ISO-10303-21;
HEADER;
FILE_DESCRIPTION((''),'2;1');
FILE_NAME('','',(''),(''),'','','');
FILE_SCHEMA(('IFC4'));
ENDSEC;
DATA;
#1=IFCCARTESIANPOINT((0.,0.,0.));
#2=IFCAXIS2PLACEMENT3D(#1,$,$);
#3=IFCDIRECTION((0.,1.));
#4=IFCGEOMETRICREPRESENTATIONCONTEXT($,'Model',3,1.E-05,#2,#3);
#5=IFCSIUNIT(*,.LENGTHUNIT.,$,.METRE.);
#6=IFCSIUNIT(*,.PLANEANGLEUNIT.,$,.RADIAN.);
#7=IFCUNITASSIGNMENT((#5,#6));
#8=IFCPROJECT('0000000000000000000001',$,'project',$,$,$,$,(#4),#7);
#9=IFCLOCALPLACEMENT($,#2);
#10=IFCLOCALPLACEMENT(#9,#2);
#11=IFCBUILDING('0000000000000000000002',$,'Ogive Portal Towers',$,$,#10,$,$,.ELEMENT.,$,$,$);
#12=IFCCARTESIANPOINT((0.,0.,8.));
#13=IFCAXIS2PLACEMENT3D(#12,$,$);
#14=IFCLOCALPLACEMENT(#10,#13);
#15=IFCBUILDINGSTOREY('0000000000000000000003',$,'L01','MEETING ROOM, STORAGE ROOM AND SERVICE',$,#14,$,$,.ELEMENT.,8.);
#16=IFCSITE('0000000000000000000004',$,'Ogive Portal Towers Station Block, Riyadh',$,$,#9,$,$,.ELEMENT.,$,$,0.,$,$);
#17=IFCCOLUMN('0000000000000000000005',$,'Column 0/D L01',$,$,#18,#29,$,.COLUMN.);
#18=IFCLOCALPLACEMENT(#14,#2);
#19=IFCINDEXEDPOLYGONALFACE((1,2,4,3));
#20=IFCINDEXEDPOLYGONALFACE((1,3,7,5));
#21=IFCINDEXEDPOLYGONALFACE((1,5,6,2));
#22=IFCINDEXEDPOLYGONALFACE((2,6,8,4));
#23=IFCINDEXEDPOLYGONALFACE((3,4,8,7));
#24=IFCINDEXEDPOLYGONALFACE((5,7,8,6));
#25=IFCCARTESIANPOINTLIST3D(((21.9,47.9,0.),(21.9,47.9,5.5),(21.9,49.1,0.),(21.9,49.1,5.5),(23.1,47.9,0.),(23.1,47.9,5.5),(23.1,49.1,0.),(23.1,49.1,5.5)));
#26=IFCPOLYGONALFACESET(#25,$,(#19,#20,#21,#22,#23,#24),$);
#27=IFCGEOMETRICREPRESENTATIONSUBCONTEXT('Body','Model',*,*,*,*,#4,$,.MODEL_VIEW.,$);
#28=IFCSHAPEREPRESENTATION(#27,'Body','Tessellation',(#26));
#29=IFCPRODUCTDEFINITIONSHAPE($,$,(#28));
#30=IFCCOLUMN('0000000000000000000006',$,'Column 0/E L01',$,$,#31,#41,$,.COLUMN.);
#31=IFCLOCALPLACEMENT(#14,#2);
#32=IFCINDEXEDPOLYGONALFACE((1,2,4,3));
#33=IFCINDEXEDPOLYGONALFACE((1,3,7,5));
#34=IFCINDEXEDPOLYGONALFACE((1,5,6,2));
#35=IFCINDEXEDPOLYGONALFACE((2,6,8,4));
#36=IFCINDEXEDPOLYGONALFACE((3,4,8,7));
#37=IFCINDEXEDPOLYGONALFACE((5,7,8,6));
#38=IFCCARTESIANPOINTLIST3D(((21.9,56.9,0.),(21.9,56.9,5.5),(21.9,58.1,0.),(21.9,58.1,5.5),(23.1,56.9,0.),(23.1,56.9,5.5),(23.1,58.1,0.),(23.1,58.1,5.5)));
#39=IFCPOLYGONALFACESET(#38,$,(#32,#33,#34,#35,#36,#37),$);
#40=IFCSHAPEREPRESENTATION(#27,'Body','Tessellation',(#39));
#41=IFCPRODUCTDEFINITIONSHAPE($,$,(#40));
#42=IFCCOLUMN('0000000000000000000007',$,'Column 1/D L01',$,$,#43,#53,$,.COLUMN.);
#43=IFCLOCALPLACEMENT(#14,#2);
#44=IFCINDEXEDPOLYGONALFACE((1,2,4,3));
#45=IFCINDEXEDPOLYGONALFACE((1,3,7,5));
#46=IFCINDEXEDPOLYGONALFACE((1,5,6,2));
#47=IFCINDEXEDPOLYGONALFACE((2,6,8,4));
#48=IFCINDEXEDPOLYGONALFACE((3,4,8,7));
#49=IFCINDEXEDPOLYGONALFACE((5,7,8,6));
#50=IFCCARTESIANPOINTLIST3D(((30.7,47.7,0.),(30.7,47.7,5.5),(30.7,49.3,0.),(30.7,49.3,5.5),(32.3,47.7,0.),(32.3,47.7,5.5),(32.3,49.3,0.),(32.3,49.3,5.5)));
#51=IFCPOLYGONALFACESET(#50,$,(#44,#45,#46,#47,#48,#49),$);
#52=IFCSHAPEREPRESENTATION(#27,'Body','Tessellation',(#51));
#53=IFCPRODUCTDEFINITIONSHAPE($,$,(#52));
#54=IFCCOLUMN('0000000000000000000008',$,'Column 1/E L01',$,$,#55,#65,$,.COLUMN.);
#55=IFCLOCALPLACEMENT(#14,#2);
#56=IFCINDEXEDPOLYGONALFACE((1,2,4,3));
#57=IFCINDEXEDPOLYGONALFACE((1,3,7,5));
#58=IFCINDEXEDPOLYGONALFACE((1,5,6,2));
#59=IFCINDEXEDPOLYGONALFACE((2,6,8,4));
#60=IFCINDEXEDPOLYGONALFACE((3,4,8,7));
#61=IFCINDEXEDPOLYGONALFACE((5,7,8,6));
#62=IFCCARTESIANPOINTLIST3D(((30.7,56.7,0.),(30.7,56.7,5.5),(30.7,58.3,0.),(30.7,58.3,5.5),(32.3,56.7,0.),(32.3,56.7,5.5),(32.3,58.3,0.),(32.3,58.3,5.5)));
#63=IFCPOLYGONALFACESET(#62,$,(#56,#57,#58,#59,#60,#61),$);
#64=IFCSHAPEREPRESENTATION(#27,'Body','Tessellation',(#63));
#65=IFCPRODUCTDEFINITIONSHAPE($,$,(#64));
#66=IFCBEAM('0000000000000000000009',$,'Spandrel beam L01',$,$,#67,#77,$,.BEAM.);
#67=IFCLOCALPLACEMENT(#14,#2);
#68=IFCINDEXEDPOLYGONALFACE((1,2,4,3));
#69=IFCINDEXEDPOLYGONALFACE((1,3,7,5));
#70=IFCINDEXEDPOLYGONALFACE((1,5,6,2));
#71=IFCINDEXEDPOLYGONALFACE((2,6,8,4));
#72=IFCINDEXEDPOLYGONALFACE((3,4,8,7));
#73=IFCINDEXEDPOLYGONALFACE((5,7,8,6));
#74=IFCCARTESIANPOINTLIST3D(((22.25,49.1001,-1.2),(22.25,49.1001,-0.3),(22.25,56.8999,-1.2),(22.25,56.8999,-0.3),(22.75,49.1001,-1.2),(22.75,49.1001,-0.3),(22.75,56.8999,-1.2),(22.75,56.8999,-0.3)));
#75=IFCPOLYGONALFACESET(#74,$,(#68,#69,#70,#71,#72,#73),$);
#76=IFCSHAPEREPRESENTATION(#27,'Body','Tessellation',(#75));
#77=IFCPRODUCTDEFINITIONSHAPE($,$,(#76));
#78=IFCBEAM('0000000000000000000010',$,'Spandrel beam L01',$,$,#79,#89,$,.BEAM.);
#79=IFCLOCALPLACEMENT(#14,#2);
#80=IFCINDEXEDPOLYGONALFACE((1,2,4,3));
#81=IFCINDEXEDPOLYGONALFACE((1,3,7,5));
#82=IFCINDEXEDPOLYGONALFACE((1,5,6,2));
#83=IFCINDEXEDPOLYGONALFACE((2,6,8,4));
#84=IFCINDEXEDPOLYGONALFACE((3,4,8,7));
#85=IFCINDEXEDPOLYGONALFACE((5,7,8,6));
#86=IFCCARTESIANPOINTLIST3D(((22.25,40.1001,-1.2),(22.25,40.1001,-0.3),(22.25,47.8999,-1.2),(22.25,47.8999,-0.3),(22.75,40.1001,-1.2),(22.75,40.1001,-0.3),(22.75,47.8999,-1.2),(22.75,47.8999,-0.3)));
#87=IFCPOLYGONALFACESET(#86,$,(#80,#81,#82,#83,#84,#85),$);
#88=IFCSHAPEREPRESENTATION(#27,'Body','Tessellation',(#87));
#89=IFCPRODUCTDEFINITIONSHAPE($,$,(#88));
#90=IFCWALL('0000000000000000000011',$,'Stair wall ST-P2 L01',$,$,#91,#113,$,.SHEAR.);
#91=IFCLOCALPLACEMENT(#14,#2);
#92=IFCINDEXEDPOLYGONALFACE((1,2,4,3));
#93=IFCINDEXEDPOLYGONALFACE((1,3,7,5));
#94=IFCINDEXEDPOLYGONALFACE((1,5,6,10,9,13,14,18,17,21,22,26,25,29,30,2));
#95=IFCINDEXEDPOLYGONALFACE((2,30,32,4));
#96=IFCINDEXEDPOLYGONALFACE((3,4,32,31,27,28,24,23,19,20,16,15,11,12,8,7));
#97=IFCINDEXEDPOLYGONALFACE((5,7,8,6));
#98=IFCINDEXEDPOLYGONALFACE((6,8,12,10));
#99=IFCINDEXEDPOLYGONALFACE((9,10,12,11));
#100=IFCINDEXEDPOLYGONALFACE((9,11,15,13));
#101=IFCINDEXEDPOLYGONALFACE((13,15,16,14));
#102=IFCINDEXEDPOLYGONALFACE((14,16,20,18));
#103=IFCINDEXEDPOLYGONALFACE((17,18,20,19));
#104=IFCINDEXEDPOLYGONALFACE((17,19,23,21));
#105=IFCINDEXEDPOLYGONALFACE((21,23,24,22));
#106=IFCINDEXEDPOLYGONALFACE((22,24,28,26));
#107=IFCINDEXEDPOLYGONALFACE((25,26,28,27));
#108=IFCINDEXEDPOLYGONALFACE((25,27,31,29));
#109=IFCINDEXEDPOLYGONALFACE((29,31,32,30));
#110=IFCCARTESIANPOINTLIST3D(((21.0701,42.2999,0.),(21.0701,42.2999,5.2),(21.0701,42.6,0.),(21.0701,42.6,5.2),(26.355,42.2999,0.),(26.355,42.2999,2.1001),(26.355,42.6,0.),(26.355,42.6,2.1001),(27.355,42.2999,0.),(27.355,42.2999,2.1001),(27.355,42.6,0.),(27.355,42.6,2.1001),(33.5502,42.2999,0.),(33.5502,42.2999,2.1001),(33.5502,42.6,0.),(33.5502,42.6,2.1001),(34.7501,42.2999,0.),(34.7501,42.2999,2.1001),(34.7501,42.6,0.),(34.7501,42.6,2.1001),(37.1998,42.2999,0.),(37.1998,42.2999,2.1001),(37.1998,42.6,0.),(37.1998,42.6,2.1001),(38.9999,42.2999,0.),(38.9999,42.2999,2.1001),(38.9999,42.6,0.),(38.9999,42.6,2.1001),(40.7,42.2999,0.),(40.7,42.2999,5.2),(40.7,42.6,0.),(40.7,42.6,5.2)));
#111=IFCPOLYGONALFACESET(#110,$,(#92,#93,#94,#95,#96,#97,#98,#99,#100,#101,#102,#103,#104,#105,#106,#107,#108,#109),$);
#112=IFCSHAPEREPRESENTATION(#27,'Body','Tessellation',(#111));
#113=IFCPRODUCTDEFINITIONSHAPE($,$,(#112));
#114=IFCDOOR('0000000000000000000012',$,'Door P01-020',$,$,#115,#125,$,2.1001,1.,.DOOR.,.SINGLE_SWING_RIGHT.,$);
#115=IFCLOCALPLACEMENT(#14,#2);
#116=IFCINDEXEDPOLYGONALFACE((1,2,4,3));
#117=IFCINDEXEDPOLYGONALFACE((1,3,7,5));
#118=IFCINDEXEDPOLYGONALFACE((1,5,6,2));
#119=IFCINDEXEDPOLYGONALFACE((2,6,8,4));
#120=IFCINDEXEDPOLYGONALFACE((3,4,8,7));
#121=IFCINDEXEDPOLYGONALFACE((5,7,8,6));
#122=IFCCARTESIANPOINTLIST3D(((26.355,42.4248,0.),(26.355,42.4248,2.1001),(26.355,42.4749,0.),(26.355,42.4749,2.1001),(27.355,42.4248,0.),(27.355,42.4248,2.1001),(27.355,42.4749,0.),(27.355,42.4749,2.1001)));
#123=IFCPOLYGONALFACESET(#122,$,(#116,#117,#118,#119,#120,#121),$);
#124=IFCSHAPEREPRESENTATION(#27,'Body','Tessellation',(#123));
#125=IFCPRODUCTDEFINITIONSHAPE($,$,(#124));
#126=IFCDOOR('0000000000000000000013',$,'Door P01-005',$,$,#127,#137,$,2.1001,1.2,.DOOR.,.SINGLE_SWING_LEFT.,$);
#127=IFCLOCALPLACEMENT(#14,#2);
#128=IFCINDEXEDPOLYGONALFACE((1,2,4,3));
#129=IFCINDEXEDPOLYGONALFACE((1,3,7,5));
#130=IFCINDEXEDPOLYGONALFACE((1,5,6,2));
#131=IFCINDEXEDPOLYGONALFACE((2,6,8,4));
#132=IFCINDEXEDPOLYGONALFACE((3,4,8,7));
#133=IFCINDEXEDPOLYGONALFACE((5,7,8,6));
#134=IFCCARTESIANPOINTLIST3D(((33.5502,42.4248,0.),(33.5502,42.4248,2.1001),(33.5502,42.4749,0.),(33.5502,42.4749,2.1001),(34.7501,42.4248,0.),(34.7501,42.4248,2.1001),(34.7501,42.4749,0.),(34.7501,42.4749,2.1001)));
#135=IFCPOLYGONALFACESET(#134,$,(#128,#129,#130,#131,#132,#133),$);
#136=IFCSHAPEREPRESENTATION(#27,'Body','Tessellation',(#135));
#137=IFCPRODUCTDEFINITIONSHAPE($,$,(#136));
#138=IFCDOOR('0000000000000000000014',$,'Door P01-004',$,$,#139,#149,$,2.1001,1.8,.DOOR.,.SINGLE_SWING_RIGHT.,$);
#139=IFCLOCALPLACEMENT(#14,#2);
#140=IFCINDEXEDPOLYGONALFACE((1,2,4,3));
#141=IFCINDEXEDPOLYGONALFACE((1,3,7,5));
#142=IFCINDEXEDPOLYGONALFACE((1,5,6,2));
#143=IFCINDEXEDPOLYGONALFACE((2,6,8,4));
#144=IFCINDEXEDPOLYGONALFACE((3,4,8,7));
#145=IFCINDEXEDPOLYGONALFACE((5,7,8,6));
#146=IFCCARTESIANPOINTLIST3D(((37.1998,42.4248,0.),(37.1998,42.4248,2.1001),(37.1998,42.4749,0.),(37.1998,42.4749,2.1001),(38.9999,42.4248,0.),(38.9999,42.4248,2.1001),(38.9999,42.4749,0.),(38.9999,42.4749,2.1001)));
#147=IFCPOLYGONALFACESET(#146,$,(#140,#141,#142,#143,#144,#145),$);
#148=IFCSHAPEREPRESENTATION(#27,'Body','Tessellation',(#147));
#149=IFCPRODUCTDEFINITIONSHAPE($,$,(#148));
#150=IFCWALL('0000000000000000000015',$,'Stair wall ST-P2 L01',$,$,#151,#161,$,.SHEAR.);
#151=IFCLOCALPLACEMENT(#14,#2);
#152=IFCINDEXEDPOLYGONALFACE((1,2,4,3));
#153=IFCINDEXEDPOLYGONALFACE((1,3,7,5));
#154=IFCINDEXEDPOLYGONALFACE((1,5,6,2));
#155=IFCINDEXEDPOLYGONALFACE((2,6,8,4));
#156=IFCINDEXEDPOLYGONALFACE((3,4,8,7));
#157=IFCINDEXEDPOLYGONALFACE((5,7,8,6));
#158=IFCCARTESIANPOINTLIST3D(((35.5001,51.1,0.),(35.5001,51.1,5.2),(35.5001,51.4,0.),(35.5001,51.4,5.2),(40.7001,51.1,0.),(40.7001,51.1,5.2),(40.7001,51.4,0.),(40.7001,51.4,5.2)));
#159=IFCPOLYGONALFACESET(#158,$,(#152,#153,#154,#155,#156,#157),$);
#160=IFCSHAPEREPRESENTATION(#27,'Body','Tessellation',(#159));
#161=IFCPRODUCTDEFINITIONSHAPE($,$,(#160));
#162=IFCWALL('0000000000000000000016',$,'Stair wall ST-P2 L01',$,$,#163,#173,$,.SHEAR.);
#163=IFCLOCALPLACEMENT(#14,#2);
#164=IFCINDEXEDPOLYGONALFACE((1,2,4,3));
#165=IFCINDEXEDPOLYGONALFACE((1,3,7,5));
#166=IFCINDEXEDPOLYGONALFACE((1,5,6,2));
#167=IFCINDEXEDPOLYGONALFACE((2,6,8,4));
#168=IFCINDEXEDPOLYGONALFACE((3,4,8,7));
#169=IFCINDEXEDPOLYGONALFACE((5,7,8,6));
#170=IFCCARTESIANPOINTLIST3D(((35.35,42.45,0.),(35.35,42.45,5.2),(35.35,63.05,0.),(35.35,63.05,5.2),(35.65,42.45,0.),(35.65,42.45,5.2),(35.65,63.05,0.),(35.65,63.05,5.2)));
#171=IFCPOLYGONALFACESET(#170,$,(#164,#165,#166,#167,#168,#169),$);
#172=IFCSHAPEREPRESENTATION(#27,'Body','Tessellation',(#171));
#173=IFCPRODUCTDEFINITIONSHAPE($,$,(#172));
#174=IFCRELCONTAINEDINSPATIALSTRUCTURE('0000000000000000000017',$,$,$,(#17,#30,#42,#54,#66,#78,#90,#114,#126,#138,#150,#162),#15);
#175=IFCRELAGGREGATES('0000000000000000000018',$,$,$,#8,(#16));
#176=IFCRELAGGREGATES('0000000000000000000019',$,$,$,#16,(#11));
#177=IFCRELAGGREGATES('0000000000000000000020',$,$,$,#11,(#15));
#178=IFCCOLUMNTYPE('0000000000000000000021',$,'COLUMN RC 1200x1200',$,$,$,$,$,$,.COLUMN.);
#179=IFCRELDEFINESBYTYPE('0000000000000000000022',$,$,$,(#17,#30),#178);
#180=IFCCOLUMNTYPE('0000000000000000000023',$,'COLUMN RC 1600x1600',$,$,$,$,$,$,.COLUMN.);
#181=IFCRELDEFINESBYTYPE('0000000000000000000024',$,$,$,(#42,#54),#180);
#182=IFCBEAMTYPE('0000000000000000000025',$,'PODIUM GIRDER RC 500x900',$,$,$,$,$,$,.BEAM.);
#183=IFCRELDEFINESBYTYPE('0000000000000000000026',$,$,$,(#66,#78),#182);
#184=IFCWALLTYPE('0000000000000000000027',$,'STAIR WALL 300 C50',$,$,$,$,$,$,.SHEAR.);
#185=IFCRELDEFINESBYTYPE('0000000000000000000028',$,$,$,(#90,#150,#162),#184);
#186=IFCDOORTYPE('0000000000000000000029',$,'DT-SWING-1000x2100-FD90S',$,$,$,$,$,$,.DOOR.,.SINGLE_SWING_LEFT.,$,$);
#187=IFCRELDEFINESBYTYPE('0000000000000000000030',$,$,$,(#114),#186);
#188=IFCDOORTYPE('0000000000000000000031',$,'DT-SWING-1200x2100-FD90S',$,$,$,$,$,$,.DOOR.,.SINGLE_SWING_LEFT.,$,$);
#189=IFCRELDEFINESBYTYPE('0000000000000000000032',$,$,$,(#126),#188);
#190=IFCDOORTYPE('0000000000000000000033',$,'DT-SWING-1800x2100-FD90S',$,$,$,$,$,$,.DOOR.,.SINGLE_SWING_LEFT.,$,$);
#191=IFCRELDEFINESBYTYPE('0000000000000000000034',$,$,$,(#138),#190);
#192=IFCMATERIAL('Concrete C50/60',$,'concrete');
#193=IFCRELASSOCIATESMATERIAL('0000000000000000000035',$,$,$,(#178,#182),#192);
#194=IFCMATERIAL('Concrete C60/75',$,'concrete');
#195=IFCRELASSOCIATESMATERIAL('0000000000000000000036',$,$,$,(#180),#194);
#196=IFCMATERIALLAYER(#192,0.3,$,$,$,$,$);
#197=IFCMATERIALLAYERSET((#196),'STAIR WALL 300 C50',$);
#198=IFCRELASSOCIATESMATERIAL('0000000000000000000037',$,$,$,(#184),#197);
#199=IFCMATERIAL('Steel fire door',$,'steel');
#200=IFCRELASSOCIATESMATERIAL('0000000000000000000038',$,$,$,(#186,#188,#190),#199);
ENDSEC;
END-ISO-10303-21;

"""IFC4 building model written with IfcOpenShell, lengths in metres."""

from ifc_helpers import new_model, si_unit, direction, frame, frame_2d, origin, origin_2d, place, context, subcontext, project, spatial, rectangle, extrude, material, layer, layer_set, material_profile, profile_set, type_object, element, fill, save


model = new_model("IFC4")

# Units and contexts
model_context = context("Model", 3, precision=1e-05, world=origin(), true_north=direction((0.0, 1.0)))
body_context = subcontext(model_context, "Body", "Model", "MODEL_VIEW")
ifc_project = project(units=[si_unit("LENGTHUNIT", "METRE"), si_unit("PLANEANGLEUNIT", "RADIAN")], contexts=[model_context])

# Site, building, storey
site_placement = place(None, origin())
site = spatial("IfcSite", under=ifc_project, at=site_placement, Name="Ogive Portal Towers Station Block, Riyadh", CompositionType="ELEMENT", RefElevation=0.0)
building_placement = place(site_placement, origin())
building = spatial("IfcBuilding", under=site, at=building_placement, Name="Ogive Portal Towers", CompositionType="ELEMENT")
storey_placement = place(building_placement, frame((0.0, 0.0, 8.0)))
storey = spatial("IfcBuildingStorey", under=building, at=storey_placement, Name="L01", Description="MEETING ROOM, STORAGE ROOM AND SERVICE", CompositionType="ELEMENT", Elevation=8.0)

# Columns
ifc_material_1 = material(Name="Concrete C50/60", Category="concrete")
ifc_material_profile_1 = material_profile(ifc_material_1, rectangle(XDim=1.2, YDim=1.2, at=origin_2d()), Name="RC 1200x1200")
ifc_profile_set_1 = profile_set([ifc_material_profile_1], Name="Concrete C50/60")
column_type_1 = type_object("IfcColumnType", Name="COLUMN RC 1200x1200", PredefinedType="COLUMN", material=ifc_profile_set_1)
for number, where, z_axis, x_axis, name in (
    (1, (22.5, 48.5, 0.0), (0.0, 0.0, 1.0), (1.0, 0.0, 0.0), "Column 0/D L01"),
    (2, (22.5, 57.5, 0.0), (0.0, 0.0, 1.0), (1.0, 0.0, 0.0), "Column 0/E L01"),
):
    element("IfcColumn", number, at=place(storey_placement, frame(where, z_axis=z_axis, x_axis=x_axis)), inside=storey, type_object=column_type_1, Name=name, PredefinedType="COLUMN", context=body_context, shape_type="SweptSolid", body=[
        extrude(rectangle(XDim=1.2, YDim=1.2, at=origin_2d()), origin(), (0.0, 0.0, 1.0), 5.5),
    ])
ifc_material_2 = material(Name="Concrete C60/75", Category="concrete")
ifc_material_profile_2 = material_profile(ifc_material_2, rectangle(XDim=1.6001, YDim=1.6001, at=origin_2d()), Name="RC 1600x1600")
ifc_profile_set_2 = profile_set([ifc_material_profile_2], Name="Concrete C60/75")
column_type_2 = type_object("IfcColumnType", Name="COLUMN RC 1600x1600", PredefinedType="COLUMN", material=ifc_profile_set_2)
for number, where, z_axis, x_axis, name in (
    (3, (31.5, 48.5, 0.0), (0.0, 0.0, 1.0), (1.0, 0.0, 0.0), "Column 1/D L01"),
    (4, (31.5, 57.5, 0.0), (0.0, 0.0, 1.0), (1.0, 0.0, 0.0), "Column 1/E L01"),
):
    element("IfcColumn", number, at=place(storey_placement, frame(where, z_axis=z_axis, x_axis=x_axis)), inside=storey, type_object=column_type_2, Name=name, PredefinedType="COLUMN", context=body_context, shape_type="SweptSolid", body=[
        extrude(rectangle(XDim=1.6001, YDim=1.6001, at=origin_2d()), origin(), (0.0, 0.0, 1.0), 5.5),
    ])

# Beams
ifc_material_profile_3 = material_profile(ifc_material_1, rectangle(XDim=0.5, YDim=0.8999, at=origin_2d()), Name="RC 500x900")
ifc_profile_set_3 = profile_set([ifc_material_profile_3], Name="Concrete C50/60")
beam_type = type_object("IfcBeamType", Name="PODIUM GIRDER RC 500x900", PredefinedType="BEAM", material=ifc_profile_set_3)
for number, where, z_axis, x_axis, name in (
    (5, (22.5, 56.8999, -0.75), (0.0, -1.0, 0.0), (1.0, 0.0, 0.0), "Spandrel beam L01"),
    (6, (22.5, 47.8999, -0.75), (0.0, -1.0, 0.0), (1.0, 0.0, 0.0), "Spandrel beam L01"),
):
    element("IfcBeam", number, at=place(storey_placement, frame(where, z_axis=z_axis, x_axis=x_axis)), inside=storey, type_object=beam_type, Name=name, PredefinedType="BEAM", context=body_context, shape_type="SweptSolid", body=[
        extrude(rectangle(XDim=0.5, YDim=0.8999, at=origin_2d()), origin(), (0.0, 0.0, 1.0), 7.7998),
    ])

# Wall, openings, doors
ifc_layer_1 = layer(ifc_material_1, 0.3)
ifc_layer_set_1 = layer_set([ifc_layer_1], Name="STAIR WALL 300 C50")
wall_type_1 = type_object("IfcWallType", Name="STAIR WALL 300 C50", PredefinedType="SHEAR", material=ifc_layer_set_1)
wall_1_placement = place(storey_placement, frame((21.0701, 42.45, 0.0), z_axis=(0.0, 0.0, 1.0), x_axis=(1.0, 0.0, 0.0)))
wall_1 = element("IfcWall", 7, at=wall_1_placement, inside=storey, type_object=wall_type_1, Name="Stair wall ST-P2 L01", PredefinedType="SHEAR", context=body_context, shape_type="SweptSolid", body=[
    extrude(rectangle(XDim=19.6299, YDim=0.3, at=frame_2d((9.8149, 0.0))), origin(), (0.0, 0.0, 1.0), 5.2),
])
opening_1_placement = place(wall_1_placement, frame((16.1299, 0.0, 0.0)))
opening_1 = element("IfcOpeningElement", 8, at=opening_1_placement, cuts=wall_1, PredefinedType="OPENING", context=body_context, shape_type="SweptSolid", body=[
    extrude(rectangle(XDim=1.8, YDim=2.1001, at=frame_2d((0.8999, 1.05))), frame((0.0, 0.1602, 0.0), z_axis=(0.0, -1.0, 0.0), x_axis=(1.0, 0.0, 0.0)), (0.0, 0.0, 1.0), 0.3201),
])
opening_2_placement = place(wall_1_placement, frame((12.48, 0.0, 0.0)))
opening_2 = element("IfcOpeningElement", 9, at=opening_2_placement, cuts=wall_1, PredefinedType="OPENING", context=body_context, shape_type="SweptSolid", body=[
    extrude(rectangle(XDim=1.2, YDim=2.1001, at=frame_2d((0.6001, 1.05))), frame((0.0, 0.1602, 0.0), z_axis=(0.0, -1.0, 0.0), x_axis=(1.0, 0.0, 0.0)), (0.0, 0.0, 1.0), 0.3201),
])
opening_3_placement = place(wall_1_placement, frame((5.2849, 0.0, 0.0)))
opening_3 = element("IfcOpeningElement", 10, at=opening_3_placement, cuts=wall_1, PredefinedType="OPENING", context=body_context, shape_type="SweptSolid", body=[
    extrude(rectangle(XDim=1.0, YDim=2.1001, at=frame_2d((0.5, 1.05))), frame((0.0, 0.1602, 0.0), z_axis=(0.0, -1.0, 0.0), x_axis=(1.0, 0.0, 0.0)), (0.0, 0.0, 1.0), 0.3201),
])
ifc_material_3 = material(Name="Steel fire door", Category="steel")
door_type_1 = type_object("IfcDoorType", Name="DT-SWING-1000x2100-FD90S", OperationType="SINGLE_SWING_LEFT", PredefinedType="DOOR", material=ifc_material_3)
door_1_placement = place(opening_3_placement, origin())
door_1 = element("IfcDoor", 11, at=door_1_placement, inside=storey, type_object=door_type_1, Name="Door P01-020", OperationType="SINGLE_SWING_RIGHT", OverallHeight=2.1001, OverallWidth=1.0, PredefinedType="DOOR", context=body_context, shape_type="SweptSolid", body=[
    extrude(rectangle(XDim=1.0, YDim=2.1001, at=frame_2d((0.5, 1.05))), frame((0.0, 0.0249, 0.0), z_axis=(0.0, -1.0, 0.0), x_axis=(1.0, 0.0, 0.0)), (0.0, 0.0, 1.0), 0.05),
])
fill(opening_3, door_1)
door_type_2 = type_object("IfcDoorType", Name="DT-SWING-1200x2100-FD90S", OperationType="SINGLE_SWING_LEFT", PredefinedType="DOOR", material=ifc_material_3)
door_2_placement = place(opening_2_placement, origin())
door_2 = element("IfcDoor", 12, at=door_2_placement, inside=storey, type_object=door_type_2, Name="Door P01-005", OperationType="SINGLE_SWING_LEFT", OverallHeight=2.1001, OverallWidth=1.2, PredefinedType="DOOR", context=body_context, shape_type="SweptSolid", body=[
    extrude(rectangle(XDim=1.2, YDim=2.1001, at=frame_2d((0.6001, 1.05))), frame((0.0, 0.0249, 0.0), z_axis=(0.0, -1.0, 0.0), x_axis=(1.0, 0.0, 0.0)), (0.0, 0.0, 1.0), 0.05),
])
fill(opening_2, door_2)
door_type_3 = type_object("IfcDoorType", Name="DT-SWING-1800x2100-FD90S", OperationType="SINGLE_SWING_LEFT", PredefinedType="DOOR", material=ifc_material_3)
door_3_placement = place(opening_1_placement, origin())
door_3 = element("IfcDoor", 13, at=door_3_placement, inside=storey, type_object=door_type_3, Name="Door P01-004", OperationType="SINGLE_SWING_RIGHT", OverallHeight=2.1001, OverallWidth=1.8, PredefinedType="DOOR", context=body_context, shape_type="SweptSolid", body=[
    extrude(rectangle(XDim=1.8, YDim=2.1001, at=frame_2d((0.8999, 1.05))), frame((0.0, 0.0249, 0.0), z_axis=(0.0, -1.0, 0.0), x_axis=(1.0, 0.0, 0.0)), (0.0, 0.0, 1.0), 0.05),
])
fill(opening_1, door_3)

# Walls
wall_2_placement = place(storey_placement, frame((35.5, 51.25, 0.0), z_axis=(0.0, 0.0, 1.0), x_axis=(1.0, 0.0, 0.0)))
element("IfcWall", 14, at=wall_2_placement, inside=storey, type_object=wall_type_1, Name="Stair wall ST-P2 L01", PredefinedType="SHEAR", context=body_context, shape_type="SweptSolid", body=[
    extrude(rectangle(XDim=5.2, YDim=0.3, at=frame_2d((2.6001, 0.0))), origin(), (0.0, 0.0, 1.0), 5.2),
])
wall_3_placement = place(storey_placement, frame((35.5, 42.45, 0.0), z_axis=(0.0, 0.0, 1.0), x_axis=(0.0, 1.0, 0.0)))
element("IfcWall", 15, at=wall_3_placement, inside=storey, type_object=wall_type_1, Name="Stair wall ST-P2 L01", PredefinedType="SHEAR", context=body_context, shape_type="SweptSolid", body=[
    extrude(rectangle(XDim=20.6001, YDim=0.3, at=frame_2d((10.3, 0.0))), origin(), (0.0, 0.0, 1.0), 5.2),
])

save(model, "model.ifc")
